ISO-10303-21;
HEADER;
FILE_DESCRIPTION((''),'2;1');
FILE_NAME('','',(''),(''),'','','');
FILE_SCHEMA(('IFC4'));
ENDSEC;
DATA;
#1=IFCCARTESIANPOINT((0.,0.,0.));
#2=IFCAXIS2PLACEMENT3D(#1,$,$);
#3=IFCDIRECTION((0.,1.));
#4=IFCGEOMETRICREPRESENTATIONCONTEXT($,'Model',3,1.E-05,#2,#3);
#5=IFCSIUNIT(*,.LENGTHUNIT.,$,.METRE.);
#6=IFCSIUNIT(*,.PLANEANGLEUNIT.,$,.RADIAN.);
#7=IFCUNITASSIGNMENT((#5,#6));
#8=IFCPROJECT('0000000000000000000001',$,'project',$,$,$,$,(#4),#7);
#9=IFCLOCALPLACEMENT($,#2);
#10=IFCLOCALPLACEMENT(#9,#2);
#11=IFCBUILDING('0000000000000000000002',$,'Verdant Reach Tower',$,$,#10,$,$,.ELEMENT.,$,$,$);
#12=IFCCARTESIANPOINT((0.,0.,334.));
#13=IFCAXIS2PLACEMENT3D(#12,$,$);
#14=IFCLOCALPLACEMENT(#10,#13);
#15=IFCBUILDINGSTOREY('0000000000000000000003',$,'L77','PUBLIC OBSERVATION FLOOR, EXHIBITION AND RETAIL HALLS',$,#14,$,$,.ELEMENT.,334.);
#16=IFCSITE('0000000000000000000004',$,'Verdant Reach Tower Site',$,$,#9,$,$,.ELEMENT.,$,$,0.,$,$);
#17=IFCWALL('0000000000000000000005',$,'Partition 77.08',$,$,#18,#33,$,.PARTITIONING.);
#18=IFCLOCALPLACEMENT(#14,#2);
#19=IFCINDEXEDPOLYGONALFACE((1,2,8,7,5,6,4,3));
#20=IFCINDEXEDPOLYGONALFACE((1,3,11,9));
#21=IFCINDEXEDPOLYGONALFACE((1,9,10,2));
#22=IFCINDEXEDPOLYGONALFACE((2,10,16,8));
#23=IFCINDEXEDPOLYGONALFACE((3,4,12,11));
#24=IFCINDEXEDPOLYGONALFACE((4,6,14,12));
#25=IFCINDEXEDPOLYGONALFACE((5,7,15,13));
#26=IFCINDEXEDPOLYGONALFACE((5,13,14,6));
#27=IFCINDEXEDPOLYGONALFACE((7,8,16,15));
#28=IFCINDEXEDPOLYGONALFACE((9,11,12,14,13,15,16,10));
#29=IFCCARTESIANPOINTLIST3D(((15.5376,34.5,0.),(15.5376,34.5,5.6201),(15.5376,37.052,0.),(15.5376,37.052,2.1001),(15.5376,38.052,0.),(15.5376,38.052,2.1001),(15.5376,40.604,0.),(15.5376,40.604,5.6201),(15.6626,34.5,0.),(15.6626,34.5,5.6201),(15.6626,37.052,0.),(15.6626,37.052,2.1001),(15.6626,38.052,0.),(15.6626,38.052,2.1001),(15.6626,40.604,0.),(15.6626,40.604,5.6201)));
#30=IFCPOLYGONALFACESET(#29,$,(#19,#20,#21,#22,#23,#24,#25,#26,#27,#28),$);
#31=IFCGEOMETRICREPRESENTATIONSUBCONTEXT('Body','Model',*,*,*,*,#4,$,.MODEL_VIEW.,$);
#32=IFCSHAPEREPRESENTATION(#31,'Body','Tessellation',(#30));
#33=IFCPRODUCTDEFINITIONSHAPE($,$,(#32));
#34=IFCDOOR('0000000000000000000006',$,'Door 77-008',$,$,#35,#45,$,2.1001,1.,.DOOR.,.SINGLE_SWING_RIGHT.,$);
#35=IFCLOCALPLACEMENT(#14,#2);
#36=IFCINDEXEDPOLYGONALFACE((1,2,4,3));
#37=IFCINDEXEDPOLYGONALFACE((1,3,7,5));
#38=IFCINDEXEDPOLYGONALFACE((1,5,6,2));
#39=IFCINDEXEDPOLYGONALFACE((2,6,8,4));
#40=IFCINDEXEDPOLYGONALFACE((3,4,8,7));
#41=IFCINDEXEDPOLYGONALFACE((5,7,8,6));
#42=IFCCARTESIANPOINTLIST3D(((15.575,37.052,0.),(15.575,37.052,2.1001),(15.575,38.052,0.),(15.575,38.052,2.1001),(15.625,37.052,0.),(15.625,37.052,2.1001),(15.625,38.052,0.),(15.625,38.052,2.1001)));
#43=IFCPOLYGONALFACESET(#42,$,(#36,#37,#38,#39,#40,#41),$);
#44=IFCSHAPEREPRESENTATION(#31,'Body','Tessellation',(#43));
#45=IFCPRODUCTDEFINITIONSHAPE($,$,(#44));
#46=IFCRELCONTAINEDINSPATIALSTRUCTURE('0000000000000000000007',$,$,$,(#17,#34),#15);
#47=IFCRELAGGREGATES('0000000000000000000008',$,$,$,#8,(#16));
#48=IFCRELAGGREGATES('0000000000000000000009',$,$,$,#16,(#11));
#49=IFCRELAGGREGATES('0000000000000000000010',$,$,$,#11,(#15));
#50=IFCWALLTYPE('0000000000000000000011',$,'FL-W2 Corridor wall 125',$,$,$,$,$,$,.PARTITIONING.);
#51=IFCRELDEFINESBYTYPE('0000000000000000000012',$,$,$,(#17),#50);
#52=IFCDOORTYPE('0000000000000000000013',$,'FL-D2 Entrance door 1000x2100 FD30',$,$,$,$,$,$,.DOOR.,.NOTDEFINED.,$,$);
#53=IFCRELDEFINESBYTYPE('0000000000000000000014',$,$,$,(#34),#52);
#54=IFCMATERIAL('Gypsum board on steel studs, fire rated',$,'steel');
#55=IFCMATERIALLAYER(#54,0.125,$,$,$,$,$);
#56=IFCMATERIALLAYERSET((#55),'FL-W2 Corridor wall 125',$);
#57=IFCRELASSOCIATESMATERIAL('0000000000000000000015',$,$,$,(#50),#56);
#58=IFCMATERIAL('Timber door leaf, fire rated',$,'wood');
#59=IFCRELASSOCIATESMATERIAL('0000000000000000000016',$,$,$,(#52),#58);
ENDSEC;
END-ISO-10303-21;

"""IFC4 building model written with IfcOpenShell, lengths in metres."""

from ifc_helpers import new_model, si_unit, direction, frame, frame_2d, origin, place, context, subcontext, project, spatial, rectangle, extrude, material, layer, layer_set, type_object, element, fill, save


model = new_model("IFC4")

# Units and contexts
model_context = context("Model", 3, precision=1e-05, world=origin(), true_north=direction((0.0, 1.0)))
body_context = subcontext(model_context, "Body", "Model", "MODEL_VIEW")
ifc_project = project(units=[si_unit("LENGTHUNIT", "METRE"), si_unit("PLANEANGLEUNIT", "RADIAN")], contexts=[model_context])

# Site, building, storey
site_placement = place(None, origin())
site = spatial("IfcSite", under=ifc_project, at=site_placement, Name="Verdant Reach Tower Site", CompositionType="ELEMENT", RefElevation=0.0)
building_placement = place(site_placement, origin())
building = spatial("IfcBuilding", under=site, at=building_placement, Name="Verdant Reach Tower", CompositionType="ELEMENT")
storey_placement = place(building_placement, frame((0.0, 0.0, 334.0)))
storey = spatial("IfcBuildingStorey", under=building, at=storey_placement, Name="L77", Description="PUBLIC OBSERVATION FLOOR, EXHIBITION AND RETAIL HALLS", CompositionType="ELEMENT", Elevation=334.0)

# Wall, opening, door
ifc_material_1 = material(Name="Gypsum board on steel studs, fire rated", Category="steel")
ifc_layer_1 = layer(ifc_material_1, 0.125)
ifc_layer_set_1 = layer_set([ifc_layer_1], Name="FL-W2 Corridor wall 125")
wall_type_1 = type_object("IfcWallType", Name="FL-W2 Corridor wall 125", PredefinedType="PARTITIONING", material=ifc_layer_set_1)
wall_1_placement = place(storey_placement, frame((15.6001, 40.604, 0.0), z_axis=(0.0, 0.0, 1.0), x_axis=(0.0, -1.0, 0.0)))
wall_1 = element("IfcWall", 1, at=wall_1_placement, inside=storey, type_object=wall_type_1, Name="Partition 77.08", PredefinedType="PARTITIONING", context=body_context, shape_type="SweptSolid", body=[
    extrude(rectangle(XDim=6.104, YDim=0.125, at=frame_2d((3.052, 0.0))), origin(), (0.0, 0.0, 1.0), 5.6201),
])
opening_1_placement = place(wall_1_placement, frame((2.552, 0.0, 0.0)))
opening_1 = element("IfcOpeningElement", 2, at=opening_1_placement, cuts=wall_1, PredefinedType="OPENING", context=body_context, shape_type="SweptSolid", body=[
    extrude(rectangle(XDim=1.0, YDim=2.1001, at=frame_2d((0.5, 1.05))), frame((0.0, 0.0725, 0.0), z_axis=(0.0, -1.0, 0.0), x_axis=(1.0, 0.0, 0.0)), (0.0, 0.0, 1.0), 0.145),
])
ifc_material_2 = material(Name="Timber door leaf, fire rated", Category="wood")
door_type_1 = type_object("IfcDoorType", Name="FL-D2 Entrance door 1000x2100 FD30", OperationType="NOTDEFINED", PredefinedType="DOOR", material=ifc_material_2)
door_1_placement = place(opening_1_placement, origin())
door_1 = element("IfcDoor", 3, at=door_1_placement, inside=storey, type_object=door_type_1, Name="Door 77-008", OperationType="SINGLE_SWING_RIGHT", OverallHeight=2.1001, OverallWidth=1.0, PredefinedType="DOOR", context=body_context, shape_type="SweptSolid", body=[
    extrude(rectangle(XDim=1.0, YDim=2.1001, at=frame_2d((0.5, 1.05))), frame((0.0, 0.0249, 0.0), z_axis=(0.0, -1.0, 0.0), x_axis=(1.0, 0.0, 0.0)), (0.0, 0.0, 1.0), 0.05),
])
fill(opening_1, door_1)

save(model, "model.ifc")
